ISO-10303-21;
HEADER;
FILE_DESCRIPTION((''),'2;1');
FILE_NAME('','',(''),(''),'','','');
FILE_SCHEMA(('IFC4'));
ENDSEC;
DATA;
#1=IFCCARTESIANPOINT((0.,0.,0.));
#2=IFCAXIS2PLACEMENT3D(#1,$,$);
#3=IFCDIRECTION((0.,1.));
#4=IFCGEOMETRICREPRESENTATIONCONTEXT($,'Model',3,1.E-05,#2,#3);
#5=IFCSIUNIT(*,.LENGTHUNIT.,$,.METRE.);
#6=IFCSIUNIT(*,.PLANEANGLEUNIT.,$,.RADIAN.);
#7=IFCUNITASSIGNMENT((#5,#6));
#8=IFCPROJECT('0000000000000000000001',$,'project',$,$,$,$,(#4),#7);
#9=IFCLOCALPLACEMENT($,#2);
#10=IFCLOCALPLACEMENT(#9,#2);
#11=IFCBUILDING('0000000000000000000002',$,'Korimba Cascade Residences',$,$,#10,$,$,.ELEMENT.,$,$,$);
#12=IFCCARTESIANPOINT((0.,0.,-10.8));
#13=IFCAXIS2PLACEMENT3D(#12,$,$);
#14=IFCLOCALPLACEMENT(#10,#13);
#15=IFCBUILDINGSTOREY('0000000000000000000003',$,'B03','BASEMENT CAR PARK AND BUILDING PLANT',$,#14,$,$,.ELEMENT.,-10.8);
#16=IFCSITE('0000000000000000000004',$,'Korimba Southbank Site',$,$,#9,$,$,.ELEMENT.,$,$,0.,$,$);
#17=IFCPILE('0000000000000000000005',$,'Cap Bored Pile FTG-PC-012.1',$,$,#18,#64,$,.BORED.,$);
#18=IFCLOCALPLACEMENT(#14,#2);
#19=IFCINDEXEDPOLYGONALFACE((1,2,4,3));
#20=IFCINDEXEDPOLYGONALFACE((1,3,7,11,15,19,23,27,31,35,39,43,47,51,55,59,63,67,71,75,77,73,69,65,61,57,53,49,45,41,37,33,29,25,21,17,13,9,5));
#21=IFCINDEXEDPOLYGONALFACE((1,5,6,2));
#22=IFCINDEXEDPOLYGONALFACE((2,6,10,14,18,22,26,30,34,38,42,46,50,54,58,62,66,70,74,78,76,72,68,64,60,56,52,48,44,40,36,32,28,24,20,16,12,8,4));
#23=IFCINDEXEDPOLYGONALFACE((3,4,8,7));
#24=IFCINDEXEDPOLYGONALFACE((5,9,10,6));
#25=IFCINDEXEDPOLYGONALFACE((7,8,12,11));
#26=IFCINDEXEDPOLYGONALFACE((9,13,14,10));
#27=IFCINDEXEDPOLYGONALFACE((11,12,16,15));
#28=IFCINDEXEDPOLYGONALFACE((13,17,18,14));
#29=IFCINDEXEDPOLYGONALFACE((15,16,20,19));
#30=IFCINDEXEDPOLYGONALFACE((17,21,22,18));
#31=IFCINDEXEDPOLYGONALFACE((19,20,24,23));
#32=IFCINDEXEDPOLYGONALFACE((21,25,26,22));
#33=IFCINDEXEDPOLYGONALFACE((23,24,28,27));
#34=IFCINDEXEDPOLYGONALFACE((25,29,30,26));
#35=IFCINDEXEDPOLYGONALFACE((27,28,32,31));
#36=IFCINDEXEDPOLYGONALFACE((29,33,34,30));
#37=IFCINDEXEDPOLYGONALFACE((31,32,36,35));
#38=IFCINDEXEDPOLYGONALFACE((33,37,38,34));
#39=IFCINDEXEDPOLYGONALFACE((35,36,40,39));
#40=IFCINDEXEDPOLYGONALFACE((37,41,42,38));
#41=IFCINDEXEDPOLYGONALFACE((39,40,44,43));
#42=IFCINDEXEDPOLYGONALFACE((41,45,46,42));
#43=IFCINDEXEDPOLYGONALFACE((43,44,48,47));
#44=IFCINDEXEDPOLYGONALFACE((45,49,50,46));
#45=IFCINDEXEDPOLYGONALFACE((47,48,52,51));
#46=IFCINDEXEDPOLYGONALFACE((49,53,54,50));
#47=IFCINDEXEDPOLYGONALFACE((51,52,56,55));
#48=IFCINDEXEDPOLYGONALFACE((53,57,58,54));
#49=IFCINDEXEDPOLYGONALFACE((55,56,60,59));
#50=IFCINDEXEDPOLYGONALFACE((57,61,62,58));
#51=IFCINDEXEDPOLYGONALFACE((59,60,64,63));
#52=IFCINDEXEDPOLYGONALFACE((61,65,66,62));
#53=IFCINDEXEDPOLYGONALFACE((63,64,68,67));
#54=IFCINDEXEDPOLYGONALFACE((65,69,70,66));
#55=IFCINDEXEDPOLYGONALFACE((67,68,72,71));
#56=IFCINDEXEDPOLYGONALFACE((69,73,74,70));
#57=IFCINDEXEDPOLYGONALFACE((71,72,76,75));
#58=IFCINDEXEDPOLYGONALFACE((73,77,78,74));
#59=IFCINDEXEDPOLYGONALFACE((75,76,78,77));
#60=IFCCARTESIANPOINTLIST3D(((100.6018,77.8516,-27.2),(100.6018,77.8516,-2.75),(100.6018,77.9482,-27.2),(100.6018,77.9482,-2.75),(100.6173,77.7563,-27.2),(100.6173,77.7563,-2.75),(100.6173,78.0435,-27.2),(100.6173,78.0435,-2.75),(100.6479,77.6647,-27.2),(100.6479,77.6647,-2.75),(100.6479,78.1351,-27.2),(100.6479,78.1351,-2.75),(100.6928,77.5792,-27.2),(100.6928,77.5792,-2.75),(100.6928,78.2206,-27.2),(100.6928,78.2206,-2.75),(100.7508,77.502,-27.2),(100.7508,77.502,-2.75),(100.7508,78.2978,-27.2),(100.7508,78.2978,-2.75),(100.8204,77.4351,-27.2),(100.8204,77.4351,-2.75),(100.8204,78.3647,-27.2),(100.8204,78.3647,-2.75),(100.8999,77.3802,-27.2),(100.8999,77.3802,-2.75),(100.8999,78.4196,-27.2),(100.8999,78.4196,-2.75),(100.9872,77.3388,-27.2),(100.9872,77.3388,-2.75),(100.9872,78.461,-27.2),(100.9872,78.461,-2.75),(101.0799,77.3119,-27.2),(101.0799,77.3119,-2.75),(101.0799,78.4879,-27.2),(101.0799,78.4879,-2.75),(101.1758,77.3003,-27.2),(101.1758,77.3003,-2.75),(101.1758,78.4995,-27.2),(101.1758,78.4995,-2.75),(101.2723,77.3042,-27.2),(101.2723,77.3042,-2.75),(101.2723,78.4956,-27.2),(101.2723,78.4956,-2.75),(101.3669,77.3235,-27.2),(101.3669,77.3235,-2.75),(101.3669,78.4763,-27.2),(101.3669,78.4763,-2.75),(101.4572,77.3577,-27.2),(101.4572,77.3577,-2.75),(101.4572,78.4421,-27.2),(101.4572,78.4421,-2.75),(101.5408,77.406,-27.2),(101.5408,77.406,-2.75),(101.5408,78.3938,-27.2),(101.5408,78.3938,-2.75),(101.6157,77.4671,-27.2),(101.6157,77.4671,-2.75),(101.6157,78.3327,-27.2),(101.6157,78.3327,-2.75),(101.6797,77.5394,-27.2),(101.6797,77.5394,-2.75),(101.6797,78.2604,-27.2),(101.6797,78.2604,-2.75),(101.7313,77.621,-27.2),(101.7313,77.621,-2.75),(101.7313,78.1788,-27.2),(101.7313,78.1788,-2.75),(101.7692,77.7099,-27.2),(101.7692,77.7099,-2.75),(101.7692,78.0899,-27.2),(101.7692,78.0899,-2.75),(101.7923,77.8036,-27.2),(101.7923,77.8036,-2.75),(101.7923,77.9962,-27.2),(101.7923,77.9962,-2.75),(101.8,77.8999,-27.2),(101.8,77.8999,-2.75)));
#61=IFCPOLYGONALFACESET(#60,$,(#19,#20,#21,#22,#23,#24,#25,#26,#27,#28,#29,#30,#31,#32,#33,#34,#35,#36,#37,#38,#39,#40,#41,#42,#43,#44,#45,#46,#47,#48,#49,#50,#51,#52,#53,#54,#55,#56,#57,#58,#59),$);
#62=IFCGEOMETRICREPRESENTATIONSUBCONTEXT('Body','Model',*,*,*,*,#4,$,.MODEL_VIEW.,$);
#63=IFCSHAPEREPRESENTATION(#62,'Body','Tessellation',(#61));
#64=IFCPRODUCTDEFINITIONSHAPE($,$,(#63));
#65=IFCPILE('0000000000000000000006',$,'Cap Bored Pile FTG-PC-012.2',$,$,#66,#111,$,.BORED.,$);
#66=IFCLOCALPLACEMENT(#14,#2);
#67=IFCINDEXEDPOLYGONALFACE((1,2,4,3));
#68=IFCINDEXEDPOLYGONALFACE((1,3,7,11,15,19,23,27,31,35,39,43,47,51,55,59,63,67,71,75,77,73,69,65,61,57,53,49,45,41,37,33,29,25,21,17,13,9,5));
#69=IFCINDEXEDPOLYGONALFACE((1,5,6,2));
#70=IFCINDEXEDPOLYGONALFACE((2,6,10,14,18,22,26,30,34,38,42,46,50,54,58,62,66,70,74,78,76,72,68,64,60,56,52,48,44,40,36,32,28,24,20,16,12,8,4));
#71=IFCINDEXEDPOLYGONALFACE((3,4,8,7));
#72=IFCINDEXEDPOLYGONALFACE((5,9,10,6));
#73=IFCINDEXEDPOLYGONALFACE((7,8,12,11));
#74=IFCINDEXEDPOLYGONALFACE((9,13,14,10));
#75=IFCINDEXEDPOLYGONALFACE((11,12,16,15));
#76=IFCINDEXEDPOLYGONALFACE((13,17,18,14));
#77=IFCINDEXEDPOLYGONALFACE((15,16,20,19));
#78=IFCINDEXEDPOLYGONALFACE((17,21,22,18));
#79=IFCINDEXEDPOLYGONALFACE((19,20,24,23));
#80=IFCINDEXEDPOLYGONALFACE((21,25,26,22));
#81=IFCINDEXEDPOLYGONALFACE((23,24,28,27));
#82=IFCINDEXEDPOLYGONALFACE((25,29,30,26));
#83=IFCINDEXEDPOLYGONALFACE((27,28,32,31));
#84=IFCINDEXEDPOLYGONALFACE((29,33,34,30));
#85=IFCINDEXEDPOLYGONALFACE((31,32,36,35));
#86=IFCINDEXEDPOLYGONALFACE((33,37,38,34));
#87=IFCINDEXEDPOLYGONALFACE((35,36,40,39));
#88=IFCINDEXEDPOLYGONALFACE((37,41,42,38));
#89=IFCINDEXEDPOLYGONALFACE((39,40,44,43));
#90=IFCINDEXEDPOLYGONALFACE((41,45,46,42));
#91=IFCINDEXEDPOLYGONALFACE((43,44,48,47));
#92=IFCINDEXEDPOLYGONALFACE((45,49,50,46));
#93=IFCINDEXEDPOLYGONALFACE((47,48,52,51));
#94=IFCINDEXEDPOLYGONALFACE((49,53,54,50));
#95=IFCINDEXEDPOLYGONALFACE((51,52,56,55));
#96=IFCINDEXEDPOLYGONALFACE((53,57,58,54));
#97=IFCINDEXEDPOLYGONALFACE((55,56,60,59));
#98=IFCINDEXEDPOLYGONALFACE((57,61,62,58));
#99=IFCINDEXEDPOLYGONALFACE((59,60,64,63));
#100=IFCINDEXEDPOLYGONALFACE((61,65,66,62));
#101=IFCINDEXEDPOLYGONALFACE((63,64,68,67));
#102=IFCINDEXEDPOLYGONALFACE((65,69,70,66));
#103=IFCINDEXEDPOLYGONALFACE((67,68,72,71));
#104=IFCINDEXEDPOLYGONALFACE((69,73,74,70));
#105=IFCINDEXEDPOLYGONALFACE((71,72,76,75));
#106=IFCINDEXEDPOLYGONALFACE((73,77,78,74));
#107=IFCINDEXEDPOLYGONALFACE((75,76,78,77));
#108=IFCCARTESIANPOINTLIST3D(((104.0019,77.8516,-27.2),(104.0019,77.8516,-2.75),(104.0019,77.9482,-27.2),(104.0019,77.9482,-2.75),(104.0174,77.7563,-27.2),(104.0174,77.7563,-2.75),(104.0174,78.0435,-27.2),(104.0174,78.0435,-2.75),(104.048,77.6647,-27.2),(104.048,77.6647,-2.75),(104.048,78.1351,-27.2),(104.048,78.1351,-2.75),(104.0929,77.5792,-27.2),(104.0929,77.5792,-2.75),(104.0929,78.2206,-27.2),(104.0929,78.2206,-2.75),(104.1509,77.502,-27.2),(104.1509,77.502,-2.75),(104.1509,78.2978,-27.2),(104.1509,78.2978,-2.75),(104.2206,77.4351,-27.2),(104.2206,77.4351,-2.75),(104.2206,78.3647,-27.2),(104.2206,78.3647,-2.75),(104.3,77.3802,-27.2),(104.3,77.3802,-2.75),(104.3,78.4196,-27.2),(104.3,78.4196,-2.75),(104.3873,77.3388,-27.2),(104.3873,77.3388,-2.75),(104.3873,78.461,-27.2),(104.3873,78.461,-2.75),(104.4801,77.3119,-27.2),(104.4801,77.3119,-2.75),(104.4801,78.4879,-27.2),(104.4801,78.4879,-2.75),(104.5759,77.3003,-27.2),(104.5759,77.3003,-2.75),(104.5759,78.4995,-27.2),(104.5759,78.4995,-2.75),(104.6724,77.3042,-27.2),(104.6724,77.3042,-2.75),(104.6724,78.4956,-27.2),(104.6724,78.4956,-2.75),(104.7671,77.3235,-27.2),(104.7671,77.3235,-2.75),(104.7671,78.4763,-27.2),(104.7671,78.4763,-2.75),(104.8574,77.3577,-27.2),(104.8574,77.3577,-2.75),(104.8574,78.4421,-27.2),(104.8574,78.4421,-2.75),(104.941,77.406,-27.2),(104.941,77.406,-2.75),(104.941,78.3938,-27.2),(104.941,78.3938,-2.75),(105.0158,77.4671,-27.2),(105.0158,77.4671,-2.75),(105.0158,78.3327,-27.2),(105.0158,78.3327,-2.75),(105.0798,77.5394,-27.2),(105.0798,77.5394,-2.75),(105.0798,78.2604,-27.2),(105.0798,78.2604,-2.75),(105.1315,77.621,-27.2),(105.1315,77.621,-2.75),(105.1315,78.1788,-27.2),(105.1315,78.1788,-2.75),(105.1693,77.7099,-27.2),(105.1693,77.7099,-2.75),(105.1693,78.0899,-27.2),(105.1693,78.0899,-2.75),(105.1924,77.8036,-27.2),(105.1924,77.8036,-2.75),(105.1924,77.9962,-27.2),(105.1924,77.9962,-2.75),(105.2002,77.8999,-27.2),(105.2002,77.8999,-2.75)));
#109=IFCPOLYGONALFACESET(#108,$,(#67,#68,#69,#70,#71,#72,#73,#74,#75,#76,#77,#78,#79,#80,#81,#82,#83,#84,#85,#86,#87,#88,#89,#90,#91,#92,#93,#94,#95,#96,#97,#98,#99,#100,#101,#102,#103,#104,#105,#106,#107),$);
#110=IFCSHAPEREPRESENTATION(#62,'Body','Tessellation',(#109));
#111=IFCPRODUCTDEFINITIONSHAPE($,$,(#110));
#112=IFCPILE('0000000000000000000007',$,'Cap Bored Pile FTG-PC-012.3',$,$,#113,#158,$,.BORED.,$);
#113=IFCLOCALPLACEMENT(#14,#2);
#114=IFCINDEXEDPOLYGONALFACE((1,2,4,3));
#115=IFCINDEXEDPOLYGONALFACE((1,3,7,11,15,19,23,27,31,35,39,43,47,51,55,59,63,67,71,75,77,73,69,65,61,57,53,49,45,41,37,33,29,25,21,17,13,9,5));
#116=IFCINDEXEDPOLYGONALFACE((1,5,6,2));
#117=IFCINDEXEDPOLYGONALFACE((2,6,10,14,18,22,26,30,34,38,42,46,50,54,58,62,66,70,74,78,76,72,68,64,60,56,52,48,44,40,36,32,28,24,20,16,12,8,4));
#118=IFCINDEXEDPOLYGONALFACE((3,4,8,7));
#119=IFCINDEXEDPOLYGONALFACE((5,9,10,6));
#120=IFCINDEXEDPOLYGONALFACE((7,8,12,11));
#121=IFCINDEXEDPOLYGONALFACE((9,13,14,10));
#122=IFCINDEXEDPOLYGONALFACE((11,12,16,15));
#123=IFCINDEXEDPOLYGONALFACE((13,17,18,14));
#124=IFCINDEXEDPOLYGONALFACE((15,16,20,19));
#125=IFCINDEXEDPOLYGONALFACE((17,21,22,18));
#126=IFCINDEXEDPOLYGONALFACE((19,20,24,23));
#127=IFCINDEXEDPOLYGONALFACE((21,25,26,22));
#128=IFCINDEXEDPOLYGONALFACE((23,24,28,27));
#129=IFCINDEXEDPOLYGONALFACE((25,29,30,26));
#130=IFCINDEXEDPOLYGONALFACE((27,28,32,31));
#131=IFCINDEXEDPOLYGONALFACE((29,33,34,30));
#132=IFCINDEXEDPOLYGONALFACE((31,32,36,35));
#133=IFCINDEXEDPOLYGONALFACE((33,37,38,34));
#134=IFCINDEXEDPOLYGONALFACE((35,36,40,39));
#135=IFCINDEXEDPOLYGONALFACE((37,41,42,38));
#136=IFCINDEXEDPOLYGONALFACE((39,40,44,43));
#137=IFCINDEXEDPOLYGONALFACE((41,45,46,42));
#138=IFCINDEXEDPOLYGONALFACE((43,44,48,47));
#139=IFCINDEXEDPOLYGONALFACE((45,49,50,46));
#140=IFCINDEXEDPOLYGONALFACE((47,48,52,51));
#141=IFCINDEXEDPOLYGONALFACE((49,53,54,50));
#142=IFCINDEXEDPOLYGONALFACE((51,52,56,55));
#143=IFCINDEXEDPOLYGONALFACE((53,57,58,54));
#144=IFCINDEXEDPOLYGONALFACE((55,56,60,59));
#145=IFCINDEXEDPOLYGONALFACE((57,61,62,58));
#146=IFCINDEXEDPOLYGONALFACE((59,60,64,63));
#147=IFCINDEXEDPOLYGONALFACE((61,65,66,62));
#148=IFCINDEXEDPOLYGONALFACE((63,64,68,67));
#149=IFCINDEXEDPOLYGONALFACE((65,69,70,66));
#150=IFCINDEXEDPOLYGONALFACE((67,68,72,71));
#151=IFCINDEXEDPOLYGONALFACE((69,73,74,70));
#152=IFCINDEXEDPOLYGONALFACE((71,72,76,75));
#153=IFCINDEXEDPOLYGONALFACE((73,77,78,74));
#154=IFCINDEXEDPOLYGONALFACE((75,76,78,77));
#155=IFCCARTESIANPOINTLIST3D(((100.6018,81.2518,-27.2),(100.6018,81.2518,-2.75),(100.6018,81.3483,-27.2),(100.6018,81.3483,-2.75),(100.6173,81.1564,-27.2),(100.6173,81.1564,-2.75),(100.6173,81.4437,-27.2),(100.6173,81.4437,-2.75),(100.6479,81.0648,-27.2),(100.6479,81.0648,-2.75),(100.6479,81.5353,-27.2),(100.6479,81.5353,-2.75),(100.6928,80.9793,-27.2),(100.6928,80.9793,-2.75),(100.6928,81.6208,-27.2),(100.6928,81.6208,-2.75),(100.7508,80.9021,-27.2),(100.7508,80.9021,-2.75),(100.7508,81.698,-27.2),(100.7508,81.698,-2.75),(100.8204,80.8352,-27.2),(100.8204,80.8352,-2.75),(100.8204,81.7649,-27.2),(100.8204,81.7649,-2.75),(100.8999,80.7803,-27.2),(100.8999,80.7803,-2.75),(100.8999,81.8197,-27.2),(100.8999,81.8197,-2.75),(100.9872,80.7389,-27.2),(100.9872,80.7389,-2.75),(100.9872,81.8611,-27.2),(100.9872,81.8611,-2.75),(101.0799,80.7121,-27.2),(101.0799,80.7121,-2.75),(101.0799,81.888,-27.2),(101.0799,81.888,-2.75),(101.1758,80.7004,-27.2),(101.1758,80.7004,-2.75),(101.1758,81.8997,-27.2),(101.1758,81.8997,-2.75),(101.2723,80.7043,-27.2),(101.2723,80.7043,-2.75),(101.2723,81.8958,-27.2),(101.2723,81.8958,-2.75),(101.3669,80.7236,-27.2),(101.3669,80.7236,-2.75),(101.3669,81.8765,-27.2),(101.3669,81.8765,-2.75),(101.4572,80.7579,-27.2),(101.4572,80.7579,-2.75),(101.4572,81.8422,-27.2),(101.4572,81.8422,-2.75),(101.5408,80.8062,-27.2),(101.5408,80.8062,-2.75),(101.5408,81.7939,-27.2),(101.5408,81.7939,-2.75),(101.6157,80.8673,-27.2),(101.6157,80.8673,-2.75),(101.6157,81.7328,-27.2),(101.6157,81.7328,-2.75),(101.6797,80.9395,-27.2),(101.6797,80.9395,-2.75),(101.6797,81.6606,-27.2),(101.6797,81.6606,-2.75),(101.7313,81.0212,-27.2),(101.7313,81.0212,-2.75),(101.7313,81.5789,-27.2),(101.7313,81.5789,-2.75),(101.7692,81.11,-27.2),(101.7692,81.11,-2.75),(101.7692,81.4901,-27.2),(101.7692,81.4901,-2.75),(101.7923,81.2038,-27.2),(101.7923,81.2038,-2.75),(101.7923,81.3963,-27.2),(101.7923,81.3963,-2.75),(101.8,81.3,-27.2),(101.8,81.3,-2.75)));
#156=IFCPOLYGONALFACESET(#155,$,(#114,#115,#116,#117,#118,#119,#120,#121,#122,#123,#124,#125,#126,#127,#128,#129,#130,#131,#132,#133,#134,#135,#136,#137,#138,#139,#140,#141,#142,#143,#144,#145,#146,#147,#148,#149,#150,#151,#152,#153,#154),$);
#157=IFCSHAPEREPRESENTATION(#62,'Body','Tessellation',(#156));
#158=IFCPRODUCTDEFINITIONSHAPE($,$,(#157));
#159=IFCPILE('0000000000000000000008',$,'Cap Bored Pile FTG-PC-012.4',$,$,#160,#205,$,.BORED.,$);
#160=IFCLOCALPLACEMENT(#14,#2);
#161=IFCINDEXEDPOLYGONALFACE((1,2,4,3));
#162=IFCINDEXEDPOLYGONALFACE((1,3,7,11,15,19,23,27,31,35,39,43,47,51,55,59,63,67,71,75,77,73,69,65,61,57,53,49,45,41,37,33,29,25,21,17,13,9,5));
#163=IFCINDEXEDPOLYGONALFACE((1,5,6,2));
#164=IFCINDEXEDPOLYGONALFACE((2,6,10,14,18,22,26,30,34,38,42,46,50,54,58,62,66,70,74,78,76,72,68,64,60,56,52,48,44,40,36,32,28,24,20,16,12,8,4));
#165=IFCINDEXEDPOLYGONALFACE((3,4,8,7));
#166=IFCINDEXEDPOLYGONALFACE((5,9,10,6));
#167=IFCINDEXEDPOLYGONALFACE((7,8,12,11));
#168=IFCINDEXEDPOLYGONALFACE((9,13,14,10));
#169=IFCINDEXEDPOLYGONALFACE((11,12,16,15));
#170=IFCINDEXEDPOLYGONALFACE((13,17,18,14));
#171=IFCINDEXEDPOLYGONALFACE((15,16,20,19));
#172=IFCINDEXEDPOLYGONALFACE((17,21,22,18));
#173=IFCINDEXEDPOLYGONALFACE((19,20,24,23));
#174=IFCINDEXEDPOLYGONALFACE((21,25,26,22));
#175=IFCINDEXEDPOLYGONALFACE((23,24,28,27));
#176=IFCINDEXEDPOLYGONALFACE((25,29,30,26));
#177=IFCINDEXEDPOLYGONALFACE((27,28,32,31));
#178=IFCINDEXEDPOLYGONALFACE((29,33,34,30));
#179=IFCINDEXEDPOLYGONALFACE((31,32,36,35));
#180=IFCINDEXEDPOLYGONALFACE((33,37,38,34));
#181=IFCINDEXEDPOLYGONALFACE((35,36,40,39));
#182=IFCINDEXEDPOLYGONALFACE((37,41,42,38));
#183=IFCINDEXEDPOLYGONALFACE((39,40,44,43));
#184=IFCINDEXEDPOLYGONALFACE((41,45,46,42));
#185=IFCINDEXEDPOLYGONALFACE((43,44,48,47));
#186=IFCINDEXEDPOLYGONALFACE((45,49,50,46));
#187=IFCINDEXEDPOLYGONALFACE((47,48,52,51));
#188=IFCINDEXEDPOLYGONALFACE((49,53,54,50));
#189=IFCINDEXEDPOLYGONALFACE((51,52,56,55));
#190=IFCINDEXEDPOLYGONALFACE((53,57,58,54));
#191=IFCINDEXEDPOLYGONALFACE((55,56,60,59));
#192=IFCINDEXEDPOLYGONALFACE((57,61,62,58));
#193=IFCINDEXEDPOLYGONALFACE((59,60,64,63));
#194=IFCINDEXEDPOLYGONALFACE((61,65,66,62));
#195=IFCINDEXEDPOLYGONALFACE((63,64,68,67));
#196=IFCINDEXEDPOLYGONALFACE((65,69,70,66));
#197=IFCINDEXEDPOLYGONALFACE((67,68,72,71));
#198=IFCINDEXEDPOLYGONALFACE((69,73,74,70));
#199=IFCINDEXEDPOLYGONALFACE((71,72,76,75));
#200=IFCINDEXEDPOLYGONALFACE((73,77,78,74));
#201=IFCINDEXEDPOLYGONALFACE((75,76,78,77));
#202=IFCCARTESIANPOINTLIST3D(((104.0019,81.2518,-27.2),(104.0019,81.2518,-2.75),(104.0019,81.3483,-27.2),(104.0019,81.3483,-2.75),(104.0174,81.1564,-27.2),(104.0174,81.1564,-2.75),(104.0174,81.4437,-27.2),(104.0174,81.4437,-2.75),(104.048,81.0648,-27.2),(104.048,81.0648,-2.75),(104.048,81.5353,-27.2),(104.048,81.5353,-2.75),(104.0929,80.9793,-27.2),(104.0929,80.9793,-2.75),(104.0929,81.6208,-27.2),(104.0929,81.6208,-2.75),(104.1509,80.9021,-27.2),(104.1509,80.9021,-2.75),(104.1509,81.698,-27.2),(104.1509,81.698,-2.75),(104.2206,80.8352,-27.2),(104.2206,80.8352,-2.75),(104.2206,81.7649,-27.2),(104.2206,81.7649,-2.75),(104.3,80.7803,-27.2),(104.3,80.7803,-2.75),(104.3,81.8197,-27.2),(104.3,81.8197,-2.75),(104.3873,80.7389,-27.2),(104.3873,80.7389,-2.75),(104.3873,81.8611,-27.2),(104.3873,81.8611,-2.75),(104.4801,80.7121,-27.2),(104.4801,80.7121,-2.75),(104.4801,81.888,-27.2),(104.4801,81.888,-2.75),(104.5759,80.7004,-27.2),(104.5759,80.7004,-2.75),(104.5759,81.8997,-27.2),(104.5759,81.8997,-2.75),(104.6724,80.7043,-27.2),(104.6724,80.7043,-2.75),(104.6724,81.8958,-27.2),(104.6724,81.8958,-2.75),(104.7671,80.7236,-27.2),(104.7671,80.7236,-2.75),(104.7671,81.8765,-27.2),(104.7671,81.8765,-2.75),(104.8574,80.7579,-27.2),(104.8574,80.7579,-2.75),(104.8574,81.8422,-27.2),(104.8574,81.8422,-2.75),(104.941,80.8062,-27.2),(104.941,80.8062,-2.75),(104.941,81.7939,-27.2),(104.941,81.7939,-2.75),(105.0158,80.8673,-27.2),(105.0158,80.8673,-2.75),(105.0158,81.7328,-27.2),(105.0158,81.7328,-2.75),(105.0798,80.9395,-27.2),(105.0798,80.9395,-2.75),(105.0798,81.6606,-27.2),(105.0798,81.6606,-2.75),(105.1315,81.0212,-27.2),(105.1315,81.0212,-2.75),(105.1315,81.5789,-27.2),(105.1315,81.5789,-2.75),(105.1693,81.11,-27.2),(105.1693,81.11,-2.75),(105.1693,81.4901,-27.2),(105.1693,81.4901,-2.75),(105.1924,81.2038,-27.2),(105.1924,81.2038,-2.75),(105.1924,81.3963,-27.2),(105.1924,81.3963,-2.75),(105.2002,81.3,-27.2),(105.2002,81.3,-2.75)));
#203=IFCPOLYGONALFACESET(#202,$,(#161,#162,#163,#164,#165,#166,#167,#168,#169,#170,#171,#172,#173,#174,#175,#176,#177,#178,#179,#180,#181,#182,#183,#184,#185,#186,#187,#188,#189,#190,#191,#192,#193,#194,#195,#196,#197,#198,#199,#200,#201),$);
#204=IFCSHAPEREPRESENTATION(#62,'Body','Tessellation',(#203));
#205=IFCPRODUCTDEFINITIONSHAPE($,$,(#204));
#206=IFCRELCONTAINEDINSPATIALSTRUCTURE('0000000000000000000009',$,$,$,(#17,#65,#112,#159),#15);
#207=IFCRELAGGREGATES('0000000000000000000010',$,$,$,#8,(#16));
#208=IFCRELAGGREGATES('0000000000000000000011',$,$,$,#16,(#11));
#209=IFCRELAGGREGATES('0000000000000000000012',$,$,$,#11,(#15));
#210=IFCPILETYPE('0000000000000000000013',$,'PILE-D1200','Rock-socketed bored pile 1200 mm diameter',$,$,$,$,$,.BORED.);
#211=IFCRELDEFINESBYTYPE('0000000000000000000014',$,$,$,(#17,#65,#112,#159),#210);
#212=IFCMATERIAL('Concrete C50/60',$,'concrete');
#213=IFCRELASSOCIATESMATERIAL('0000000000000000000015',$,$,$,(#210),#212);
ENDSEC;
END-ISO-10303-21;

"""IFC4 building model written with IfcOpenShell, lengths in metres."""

from ifc_helpers import new_model, si_unit, direction, frame, origin, origin_2d, place, context, subcontext, project, spatial, circle, extrude, material, material_profile, profile_set, type_object, element, save


model = new_model("IFC4")

# Units and contexts
model_context = context("Model", 3, precision=1e-05, world=origin(), true_north=direction((0.0, 1.0)))
body_context = subcontext(model_context, "Body", "Model", "MODEL_VIEW")
ifc_project = project(units=[si_unit("LENGTHUNIT", "METRE"), si_unit("PLANEANGLEUNIT", "RADIAN")], contexts=[model_context])

# Site, building, storey
site_placement = place(None, origin())
site = spatial("IfcSite", under=ifc_project, at=site_placement, Name="Korimba Southbank Site", CompositionType="ELEMENT", RefElevation=0.0)
building_placement = place(site_placement, origin())
building = spatial("IfcBuilding", under=site, at=building_placement, Name="Korimba Cascade Residences", CompositionType="ELEMENT")
storey_placement = place(building_placement, frame((0.0, 0.0, -10.8)))
storey = spatial("IfcBuildingStorey", under=building, at=storey_placement, Name="B03", Description="BASEMENT CAR PARK AND BUILDING PLANT", CompositionType="ELEMENT", Elevation=-10.8)

# Piles
ifc_material_1 = material(Name="Concrete C50/60", Category="concrete")
ifc_material_profile_1 = material_profile(ifc_material_1, circle(Radius=0.6001, at=origin_2d()), Name="Concrete C50/60")
ifc_profile_set_1 = profile_set([ifc_material_profile_1], Name="Concrete C50/60")
pile_type = type_object("IfcPileType", Name="PILE-D1200", Description="Rock-socketed bored pile 1200 mm diameter", PredefinedType="BORED", material=ifc_profile_set_1)
for number, where, z_axis, x_axis, name in (
    (1, (101.2, 77.8999, -2.75), (0.0, 0.0, -1.0), (1.0, 0.0, 0.0), "Cap Bored Pile FTG-PC-012.1"),
    (2, (104.6001, 77.8999, -2.75), (0.0, 0.0, -1.0), (1.0, 0.0, 0.0), "Cap Bored Pile FTG-PC-012.2"),
    (3, (101.2, 81.3, -2.75), (0.0, 0.0, -1.0), (1.0, 0.0, 0.0), "Cap Bored Pile FTG-PC-012.3"),
    (4, (104.6001, 81.3, -2.75), (0.0, 0.0, -1.0), (1.0, 0.0, 0.0), "Cap Bored Pile FTG-PC-012.4"),
):
    element("IfcPile", number, at=place(storey_placement, frame(where, z_axis=z_axis, x_axis=x_axis)), inside=storey, type_object=pile_type, Name=name, PredefinedType="BORED", context=body_context, shape_type="SweptSolid", body=[
        extrude(circle(Radius=0.6001, at=origin_2d()), origin(), (0.0, 0.0, 1.0), 24.45),
    ])

save(model, "model.ifc")
